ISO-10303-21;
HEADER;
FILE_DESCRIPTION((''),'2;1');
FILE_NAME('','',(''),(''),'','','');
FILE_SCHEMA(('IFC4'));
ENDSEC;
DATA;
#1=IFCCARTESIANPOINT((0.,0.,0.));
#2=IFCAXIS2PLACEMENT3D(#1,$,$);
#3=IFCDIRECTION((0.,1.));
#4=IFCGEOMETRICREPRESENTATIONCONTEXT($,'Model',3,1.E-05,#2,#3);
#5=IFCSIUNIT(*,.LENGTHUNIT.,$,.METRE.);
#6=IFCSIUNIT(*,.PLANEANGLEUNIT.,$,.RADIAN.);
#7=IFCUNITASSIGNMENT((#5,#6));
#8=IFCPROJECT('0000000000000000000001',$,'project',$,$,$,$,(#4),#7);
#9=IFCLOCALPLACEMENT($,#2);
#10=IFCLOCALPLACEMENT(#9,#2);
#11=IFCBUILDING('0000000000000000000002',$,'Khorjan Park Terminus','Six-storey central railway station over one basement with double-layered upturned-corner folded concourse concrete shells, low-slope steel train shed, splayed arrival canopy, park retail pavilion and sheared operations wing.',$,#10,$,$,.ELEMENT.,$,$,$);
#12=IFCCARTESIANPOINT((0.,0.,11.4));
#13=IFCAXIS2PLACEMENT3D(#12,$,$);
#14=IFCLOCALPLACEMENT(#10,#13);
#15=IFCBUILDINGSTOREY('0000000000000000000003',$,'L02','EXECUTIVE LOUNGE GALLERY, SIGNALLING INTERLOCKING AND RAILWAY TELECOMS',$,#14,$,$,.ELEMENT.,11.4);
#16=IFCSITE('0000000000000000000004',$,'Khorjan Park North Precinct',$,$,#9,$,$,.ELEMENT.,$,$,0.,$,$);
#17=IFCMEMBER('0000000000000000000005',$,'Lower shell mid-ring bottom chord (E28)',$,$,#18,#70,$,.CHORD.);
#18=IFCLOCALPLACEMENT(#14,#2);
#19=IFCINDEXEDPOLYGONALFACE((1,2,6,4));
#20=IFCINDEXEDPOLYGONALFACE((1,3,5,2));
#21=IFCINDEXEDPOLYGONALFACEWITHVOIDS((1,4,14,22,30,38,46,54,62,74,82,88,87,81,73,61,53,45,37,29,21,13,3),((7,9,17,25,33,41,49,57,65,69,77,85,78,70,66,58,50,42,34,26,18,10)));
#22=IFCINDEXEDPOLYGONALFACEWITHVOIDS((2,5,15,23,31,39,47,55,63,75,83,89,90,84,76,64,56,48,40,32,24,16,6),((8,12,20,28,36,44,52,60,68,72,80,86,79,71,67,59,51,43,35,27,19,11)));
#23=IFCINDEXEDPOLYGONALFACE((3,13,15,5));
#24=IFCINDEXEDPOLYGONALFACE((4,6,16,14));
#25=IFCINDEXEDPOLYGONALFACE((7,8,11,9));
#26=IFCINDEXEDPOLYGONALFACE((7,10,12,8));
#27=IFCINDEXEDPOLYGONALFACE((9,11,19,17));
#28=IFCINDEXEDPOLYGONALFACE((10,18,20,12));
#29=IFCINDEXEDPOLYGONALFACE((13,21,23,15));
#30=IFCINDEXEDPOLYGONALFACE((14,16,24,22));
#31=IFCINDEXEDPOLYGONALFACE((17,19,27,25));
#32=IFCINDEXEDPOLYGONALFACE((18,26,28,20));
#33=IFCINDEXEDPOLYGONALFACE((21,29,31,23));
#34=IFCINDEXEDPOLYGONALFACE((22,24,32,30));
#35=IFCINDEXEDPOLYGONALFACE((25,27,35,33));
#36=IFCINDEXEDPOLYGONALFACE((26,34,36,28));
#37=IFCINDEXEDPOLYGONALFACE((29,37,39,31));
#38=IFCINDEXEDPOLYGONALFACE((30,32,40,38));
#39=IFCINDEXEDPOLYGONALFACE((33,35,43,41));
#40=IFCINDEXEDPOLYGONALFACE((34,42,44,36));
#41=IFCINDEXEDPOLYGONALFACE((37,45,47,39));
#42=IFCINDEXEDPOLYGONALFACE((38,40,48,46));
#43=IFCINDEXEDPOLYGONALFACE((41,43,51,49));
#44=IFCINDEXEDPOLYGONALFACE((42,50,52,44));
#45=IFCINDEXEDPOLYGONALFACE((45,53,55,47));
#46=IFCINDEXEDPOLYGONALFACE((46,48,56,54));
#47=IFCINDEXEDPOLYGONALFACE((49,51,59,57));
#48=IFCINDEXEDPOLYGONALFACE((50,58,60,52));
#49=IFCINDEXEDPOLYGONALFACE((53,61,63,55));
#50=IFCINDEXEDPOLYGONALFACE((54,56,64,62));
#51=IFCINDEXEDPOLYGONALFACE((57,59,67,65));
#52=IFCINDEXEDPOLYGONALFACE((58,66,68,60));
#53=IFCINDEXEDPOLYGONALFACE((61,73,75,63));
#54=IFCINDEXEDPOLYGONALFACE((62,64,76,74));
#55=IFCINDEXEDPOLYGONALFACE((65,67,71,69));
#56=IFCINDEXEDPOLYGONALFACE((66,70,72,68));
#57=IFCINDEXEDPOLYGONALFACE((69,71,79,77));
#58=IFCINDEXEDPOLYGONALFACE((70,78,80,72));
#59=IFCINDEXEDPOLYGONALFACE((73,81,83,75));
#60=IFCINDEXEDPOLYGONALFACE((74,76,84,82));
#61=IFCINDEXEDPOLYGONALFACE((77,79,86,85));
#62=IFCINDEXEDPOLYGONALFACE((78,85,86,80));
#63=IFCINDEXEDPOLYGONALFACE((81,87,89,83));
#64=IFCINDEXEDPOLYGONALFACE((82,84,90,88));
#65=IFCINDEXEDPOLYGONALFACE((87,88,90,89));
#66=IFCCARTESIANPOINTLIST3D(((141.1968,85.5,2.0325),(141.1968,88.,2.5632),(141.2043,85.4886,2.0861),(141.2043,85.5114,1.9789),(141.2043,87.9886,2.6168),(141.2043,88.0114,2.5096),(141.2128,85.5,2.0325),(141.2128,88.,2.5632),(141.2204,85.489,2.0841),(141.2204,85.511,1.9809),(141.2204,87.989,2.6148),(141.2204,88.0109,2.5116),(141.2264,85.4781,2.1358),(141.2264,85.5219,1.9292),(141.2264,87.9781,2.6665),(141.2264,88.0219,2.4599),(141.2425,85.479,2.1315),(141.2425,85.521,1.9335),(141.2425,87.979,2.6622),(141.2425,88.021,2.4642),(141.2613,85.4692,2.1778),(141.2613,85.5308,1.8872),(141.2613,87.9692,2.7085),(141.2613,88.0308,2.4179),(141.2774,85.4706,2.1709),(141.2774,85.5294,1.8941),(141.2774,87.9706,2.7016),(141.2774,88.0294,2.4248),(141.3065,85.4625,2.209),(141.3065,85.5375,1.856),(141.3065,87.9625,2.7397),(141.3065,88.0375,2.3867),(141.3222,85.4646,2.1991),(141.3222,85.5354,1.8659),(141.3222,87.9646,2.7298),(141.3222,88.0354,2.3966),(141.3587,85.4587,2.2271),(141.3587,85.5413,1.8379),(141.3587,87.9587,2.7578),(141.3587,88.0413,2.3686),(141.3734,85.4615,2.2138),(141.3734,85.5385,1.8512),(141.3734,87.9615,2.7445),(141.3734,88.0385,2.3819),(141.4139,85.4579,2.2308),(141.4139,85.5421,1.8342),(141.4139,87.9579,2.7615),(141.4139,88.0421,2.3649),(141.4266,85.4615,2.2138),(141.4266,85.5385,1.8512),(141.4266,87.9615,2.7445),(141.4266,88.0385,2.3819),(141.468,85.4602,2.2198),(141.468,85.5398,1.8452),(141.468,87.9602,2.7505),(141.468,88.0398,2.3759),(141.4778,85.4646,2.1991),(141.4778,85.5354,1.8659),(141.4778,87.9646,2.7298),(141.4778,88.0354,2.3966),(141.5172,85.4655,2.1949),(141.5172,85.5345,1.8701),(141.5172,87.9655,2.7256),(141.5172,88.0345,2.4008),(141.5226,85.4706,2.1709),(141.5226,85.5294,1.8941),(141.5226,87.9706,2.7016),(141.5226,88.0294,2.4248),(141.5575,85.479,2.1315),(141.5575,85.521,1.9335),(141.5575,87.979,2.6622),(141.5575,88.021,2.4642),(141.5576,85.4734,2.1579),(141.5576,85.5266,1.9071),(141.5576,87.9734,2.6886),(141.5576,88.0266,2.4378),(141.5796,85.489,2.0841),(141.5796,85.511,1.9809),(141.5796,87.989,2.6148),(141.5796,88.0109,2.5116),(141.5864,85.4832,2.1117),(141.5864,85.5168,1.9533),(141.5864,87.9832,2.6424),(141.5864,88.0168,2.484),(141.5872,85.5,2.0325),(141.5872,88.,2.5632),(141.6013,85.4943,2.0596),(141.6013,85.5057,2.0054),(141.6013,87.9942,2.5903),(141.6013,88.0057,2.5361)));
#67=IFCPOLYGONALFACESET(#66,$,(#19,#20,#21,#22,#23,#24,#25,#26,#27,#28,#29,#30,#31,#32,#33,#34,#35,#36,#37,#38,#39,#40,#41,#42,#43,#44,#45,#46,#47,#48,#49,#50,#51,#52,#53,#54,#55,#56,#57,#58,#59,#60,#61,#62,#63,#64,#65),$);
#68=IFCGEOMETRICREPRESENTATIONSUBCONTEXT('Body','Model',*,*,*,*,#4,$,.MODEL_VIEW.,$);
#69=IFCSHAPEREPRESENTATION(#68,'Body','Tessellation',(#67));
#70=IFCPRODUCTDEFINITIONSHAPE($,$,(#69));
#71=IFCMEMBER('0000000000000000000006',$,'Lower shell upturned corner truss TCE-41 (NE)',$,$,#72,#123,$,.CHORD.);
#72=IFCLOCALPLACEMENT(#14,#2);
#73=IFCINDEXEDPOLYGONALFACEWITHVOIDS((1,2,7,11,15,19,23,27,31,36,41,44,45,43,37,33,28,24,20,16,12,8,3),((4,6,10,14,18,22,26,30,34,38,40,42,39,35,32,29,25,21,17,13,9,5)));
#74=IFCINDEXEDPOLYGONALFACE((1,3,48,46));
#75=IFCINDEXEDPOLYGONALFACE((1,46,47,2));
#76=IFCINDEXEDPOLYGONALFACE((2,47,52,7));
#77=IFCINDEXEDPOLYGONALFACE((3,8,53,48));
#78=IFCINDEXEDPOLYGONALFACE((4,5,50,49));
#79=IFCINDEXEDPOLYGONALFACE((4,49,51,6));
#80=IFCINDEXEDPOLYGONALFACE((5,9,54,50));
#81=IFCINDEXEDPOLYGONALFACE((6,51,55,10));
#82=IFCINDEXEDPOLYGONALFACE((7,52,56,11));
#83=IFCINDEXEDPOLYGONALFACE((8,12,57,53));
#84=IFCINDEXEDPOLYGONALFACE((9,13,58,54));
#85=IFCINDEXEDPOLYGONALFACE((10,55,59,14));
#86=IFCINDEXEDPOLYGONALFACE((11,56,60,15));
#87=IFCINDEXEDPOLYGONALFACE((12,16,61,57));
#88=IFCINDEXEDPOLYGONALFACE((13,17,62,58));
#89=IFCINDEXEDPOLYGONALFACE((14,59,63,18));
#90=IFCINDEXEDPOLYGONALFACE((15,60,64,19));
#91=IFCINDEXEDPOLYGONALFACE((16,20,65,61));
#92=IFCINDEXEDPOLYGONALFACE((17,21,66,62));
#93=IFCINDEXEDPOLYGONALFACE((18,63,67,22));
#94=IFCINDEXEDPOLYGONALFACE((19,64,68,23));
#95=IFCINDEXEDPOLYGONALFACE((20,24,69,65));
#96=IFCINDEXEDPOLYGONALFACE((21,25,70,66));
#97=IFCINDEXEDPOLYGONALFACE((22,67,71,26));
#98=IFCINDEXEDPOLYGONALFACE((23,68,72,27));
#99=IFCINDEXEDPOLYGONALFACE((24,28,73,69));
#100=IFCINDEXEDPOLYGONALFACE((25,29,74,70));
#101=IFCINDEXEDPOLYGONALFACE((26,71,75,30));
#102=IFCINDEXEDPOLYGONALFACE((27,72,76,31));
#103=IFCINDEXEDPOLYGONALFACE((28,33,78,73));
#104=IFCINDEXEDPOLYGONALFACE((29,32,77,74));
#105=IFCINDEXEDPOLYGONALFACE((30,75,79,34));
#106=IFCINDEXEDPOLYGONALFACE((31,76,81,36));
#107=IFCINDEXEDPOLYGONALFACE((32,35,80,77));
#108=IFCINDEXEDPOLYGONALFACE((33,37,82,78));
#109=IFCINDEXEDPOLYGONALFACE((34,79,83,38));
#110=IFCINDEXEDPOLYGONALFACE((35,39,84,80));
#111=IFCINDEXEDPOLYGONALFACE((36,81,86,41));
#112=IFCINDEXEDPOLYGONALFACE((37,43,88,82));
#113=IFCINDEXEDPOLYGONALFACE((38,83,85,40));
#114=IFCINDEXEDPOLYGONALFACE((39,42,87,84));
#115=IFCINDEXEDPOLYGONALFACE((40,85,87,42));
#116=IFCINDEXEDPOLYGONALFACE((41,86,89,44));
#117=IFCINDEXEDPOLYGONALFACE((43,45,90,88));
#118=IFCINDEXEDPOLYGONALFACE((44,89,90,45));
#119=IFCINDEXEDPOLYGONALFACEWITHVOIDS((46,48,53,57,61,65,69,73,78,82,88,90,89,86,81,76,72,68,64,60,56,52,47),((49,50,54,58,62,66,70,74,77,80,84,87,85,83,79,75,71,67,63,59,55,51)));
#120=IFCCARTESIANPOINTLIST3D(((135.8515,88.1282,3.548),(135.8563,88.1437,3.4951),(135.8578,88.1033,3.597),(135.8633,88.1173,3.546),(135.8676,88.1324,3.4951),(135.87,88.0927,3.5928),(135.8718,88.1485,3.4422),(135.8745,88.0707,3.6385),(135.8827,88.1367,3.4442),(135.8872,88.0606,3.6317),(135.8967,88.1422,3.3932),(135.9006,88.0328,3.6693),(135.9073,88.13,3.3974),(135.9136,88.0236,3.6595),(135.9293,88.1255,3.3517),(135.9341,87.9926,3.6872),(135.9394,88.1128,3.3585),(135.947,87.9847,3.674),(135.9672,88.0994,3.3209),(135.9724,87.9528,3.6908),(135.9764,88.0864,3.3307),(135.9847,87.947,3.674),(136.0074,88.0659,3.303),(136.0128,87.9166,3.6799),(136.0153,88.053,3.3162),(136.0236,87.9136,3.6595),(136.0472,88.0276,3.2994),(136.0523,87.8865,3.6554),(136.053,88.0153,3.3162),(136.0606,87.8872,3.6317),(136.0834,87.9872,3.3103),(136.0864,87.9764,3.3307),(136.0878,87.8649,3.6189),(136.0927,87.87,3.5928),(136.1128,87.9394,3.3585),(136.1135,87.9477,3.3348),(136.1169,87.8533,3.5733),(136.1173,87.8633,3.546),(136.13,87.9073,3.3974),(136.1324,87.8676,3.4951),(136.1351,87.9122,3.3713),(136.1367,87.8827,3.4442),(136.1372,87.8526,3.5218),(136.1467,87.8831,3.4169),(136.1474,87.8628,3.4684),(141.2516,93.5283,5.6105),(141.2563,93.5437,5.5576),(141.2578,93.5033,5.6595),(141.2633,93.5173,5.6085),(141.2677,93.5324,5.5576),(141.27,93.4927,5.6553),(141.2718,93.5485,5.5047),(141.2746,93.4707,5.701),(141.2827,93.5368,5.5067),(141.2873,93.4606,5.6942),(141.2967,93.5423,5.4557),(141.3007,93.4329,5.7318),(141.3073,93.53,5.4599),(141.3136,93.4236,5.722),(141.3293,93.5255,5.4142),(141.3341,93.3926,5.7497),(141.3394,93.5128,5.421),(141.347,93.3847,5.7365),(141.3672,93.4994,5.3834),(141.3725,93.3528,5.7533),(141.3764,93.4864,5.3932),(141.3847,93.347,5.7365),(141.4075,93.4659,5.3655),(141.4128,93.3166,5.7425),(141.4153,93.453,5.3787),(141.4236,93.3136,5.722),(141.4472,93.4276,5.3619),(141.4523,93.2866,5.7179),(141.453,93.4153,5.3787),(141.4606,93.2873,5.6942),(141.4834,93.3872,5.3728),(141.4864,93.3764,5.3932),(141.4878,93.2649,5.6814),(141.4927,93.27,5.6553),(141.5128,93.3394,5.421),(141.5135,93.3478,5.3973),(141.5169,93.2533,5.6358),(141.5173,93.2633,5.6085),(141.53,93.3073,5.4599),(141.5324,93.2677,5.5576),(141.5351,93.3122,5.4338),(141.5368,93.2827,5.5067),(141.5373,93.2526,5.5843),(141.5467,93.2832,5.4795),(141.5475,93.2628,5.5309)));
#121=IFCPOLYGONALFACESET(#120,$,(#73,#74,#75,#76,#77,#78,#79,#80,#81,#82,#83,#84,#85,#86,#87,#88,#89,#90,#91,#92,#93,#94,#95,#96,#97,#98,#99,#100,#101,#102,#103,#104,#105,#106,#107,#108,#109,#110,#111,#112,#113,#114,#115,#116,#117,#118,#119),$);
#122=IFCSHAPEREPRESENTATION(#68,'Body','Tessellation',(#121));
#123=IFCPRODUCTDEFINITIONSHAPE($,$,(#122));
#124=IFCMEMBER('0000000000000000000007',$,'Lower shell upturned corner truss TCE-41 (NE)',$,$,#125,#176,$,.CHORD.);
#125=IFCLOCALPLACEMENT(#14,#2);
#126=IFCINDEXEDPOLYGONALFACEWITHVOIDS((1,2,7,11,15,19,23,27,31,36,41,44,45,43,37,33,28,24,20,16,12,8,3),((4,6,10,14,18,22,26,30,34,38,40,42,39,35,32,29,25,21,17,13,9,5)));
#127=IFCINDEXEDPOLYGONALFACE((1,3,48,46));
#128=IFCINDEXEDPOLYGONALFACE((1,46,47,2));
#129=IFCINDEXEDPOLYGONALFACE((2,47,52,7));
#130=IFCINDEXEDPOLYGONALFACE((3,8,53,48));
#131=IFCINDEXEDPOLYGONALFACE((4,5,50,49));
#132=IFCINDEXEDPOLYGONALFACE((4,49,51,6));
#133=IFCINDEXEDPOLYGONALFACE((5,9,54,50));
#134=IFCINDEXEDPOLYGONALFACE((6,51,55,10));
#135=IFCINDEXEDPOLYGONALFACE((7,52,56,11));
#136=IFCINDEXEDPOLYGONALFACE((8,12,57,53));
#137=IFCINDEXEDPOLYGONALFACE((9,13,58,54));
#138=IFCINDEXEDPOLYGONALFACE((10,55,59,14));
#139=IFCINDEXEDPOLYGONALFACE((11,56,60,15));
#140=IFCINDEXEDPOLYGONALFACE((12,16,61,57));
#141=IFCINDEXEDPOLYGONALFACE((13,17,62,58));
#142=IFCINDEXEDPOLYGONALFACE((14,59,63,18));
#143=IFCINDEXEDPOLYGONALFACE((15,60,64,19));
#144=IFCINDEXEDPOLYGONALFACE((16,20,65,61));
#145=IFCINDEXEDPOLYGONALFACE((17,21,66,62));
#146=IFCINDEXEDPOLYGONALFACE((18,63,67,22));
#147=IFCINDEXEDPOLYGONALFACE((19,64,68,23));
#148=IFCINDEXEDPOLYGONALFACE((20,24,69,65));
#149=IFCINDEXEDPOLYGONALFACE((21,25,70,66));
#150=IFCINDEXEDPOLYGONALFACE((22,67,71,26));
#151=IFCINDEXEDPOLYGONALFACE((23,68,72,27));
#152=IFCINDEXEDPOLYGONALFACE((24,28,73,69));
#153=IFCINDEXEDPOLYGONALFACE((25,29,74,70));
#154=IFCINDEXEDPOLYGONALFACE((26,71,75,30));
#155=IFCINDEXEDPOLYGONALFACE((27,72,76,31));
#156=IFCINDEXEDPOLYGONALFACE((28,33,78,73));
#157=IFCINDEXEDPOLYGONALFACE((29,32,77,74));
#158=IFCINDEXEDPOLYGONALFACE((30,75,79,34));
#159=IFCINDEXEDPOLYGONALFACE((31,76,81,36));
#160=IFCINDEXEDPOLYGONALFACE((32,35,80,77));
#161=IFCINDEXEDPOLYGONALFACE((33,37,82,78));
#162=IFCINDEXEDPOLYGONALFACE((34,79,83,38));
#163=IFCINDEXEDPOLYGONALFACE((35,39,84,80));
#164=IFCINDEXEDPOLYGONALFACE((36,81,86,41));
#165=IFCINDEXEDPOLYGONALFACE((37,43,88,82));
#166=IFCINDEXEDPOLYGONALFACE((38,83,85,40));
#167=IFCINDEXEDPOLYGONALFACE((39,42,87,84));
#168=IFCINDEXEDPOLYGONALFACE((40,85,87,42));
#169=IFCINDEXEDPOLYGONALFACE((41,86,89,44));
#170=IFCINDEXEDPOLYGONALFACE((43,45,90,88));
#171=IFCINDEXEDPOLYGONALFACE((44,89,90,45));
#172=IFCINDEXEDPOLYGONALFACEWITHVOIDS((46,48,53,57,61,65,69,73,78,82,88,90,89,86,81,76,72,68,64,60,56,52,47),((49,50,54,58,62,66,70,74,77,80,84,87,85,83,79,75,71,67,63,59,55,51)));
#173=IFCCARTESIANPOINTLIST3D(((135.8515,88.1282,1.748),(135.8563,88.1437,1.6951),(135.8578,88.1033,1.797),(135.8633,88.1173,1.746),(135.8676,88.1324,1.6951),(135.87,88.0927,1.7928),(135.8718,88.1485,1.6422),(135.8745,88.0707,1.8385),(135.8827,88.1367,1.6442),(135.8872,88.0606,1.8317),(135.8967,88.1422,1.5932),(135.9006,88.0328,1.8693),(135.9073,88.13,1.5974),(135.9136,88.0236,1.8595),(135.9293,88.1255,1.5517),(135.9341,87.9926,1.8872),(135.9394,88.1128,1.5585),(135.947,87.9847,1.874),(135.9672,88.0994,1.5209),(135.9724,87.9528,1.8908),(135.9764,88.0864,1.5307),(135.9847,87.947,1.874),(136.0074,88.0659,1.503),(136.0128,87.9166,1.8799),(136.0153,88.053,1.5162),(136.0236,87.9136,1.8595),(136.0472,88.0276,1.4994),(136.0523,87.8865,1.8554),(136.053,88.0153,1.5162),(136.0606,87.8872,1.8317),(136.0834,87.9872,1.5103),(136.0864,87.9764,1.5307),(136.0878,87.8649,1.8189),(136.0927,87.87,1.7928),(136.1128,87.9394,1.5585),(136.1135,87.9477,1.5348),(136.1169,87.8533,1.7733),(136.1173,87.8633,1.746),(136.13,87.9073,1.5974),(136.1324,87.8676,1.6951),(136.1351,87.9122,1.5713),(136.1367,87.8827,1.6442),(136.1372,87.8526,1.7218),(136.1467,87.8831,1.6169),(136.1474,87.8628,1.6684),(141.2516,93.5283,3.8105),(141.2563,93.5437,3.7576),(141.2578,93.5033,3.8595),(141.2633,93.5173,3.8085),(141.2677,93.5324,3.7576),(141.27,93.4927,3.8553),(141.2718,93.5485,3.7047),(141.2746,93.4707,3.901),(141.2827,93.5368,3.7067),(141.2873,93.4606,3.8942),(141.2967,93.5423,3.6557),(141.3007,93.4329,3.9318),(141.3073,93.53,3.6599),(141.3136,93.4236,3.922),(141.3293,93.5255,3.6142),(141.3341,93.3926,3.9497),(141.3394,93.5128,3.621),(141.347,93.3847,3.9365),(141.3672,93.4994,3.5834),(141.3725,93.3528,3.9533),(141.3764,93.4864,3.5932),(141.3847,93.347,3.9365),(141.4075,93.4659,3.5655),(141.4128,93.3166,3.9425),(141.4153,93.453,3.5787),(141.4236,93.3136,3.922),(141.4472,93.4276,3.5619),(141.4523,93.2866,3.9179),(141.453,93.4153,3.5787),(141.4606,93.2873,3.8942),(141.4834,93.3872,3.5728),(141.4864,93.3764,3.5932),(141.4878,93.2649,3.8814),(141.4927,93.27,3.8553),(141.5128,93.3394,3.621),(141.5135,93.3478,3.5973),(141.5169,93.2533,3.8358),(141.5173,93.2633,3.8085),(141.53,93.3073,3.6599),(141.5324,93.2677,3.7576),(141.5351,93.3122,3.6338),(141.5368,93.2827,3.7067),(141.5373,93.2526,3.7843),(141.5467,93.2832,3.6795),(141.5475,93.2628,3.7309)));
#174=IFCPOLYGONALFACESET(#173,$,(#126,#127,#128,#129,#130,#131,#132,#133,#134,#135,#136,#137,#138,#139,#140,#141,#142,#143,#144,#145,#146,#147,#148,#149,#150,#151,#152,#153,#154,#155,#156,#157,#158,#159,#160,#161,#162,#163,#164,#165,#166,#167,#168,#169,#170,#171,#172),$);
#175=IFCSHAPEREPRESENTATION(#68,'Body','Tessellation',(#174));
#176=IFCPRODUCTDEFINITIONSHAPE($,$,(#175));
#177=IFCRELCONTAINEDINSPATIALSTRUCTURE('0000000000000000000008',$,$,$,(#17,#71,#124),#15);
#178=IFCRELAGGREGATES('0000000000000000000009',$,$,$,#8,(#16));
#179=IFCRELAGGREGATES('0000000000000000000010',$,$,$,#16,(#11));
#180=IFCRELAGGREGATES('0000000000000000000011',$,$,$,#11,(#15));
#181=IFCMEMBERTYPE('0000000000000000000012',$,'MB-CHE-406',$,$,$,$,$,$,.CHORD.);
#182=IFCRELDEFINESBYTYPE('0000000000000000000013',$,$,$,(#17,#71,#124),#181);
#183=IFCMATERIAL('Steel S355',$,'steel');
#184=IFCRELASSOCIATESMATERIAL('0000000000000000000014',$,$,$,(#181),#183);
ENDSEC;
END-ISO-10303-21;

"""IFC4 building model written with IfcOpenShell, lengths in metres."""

from ifc_helpers import new_model, si_unit, direction, frame, origin, origin_2d, place, context, subcontext, project, spatial, hollow_circle, extrude, material, material_profile, profile_set, type_object, element, save


model = new_model("IFC4")

# Units and contexts
model_context = context("Model", 3, precision=1e-05, world=origin(), true_north=direction((0.0, 1.0)))
body_context = subcontext(model_context, "Body", "Model", "MODEL_VIEW")
ifc_project = project(units=[si_unit("LENGTHUNIT", "METRE"), si_unit("PLANEANGLEUNIT", "RADIAN")], contexts=[model_context])

# Site, building, storey
site_placement = place(None, origin())
site = spatial("IfcSite", under=ifc_project, at=site_placement, Name="Khorjan Park North Precinct", CompositionType="ELEMENT", RefElevation=0.0)
building_placement = place(site_placement, origin())
building = spatial("IfcBuilding", under=site, at=building_placement, Name="Khorjan Park Terminus", Description="Six-storey central railway station over one basement with double-layered upturned-corner folded concourse concrete shells, low-slope steel train shed, splayed arrival canopy, park retail pavilion and sheared operations wing.", CompositionType="ELEMENT")
storey_placement = place(building_placement, frame((0.0, 0.0, 11.4)))
storey = spatial("IfcBuildingStorey", under=building, at=storey_placement, Name="L02", Description="EXECUTIVE LOUNGE GALLERY, SIGNALLING INTERLOCKING AND RAILWAY TELECOMS", CompositionType="ELEMENT", Elevation=11.4)

# Members
ifc_material_1 = material(Name="Steel S355", Category="steel")
ifc_material_profile_1 = material_profile(ifc_material_1, hollow_circle(Radius=0.2032, WallThickness=0.016, at=origin_2d()), Name="CHS 406.4x16")
ifc_profile_set_1 = profile_set([ifc_material_profile_1], Name="Steel S355")
member_type_1 = type_object("IfcMemberType", Name="MB-CHE-406", PredefinedType="CHORD", material=ifc_profile_set_1)
for number, where, z_axis, x_axis, name in (
    (1, (141.4, 85.5, 2.0325), (0.0, 0.978203, 0.207653), (-1.0, 0.0, 0.0), "Lower shell mid-ring bottom chord (E28)"),
):
    element("IfcMember", number, at=place(storey_placement, frame(where, z_axis=z_axis, x_axis=x_axis)), inside=storey, type_object=member_type_1, Name=name, PredefinedType="CHORD", context=body_context, shape_type="SweptSolid", body=[
        extrude(hollow_circle(Radius=0.2032, WallThickness=0.016, at=origin_2d()), origin(), (0.0, 0.0, 1.0), 2.5557),
    ])
for number, where, z_axis, x_axis, name in (
    (2, (136.0, 88.0, 3.4951), (0.682648, 0.682648, 0.260734), (-0.707107, 0.707107, 0.0), "Lower shell upturned corner truss TCE-41 (NE)"),
    (3, (136.0, 88.0, 1.6951), (0.682648, 0.682648, 0.260734), (-0.707107, 0.707107, 0.0), "Lower shell upturned corner truss TCE-41 (NE)"),
):
    element("IfcMember", number, at=place(storey_placement, frame(where, z_axis=z_axis, x_axis=x_axis)), inside=storey, type_object=member_type_1, Name=name, PredefinedType="CHORD", context=body_context, shape_type="SweptSolid", body=[
        extrude(hollow_circle(Radius=0.2032, WallThickness=0.016, at=origin_2d()), origin(), (0.0, 0.0, 1.0), 7.9104),
    ])

save(model, "model.ifc")
